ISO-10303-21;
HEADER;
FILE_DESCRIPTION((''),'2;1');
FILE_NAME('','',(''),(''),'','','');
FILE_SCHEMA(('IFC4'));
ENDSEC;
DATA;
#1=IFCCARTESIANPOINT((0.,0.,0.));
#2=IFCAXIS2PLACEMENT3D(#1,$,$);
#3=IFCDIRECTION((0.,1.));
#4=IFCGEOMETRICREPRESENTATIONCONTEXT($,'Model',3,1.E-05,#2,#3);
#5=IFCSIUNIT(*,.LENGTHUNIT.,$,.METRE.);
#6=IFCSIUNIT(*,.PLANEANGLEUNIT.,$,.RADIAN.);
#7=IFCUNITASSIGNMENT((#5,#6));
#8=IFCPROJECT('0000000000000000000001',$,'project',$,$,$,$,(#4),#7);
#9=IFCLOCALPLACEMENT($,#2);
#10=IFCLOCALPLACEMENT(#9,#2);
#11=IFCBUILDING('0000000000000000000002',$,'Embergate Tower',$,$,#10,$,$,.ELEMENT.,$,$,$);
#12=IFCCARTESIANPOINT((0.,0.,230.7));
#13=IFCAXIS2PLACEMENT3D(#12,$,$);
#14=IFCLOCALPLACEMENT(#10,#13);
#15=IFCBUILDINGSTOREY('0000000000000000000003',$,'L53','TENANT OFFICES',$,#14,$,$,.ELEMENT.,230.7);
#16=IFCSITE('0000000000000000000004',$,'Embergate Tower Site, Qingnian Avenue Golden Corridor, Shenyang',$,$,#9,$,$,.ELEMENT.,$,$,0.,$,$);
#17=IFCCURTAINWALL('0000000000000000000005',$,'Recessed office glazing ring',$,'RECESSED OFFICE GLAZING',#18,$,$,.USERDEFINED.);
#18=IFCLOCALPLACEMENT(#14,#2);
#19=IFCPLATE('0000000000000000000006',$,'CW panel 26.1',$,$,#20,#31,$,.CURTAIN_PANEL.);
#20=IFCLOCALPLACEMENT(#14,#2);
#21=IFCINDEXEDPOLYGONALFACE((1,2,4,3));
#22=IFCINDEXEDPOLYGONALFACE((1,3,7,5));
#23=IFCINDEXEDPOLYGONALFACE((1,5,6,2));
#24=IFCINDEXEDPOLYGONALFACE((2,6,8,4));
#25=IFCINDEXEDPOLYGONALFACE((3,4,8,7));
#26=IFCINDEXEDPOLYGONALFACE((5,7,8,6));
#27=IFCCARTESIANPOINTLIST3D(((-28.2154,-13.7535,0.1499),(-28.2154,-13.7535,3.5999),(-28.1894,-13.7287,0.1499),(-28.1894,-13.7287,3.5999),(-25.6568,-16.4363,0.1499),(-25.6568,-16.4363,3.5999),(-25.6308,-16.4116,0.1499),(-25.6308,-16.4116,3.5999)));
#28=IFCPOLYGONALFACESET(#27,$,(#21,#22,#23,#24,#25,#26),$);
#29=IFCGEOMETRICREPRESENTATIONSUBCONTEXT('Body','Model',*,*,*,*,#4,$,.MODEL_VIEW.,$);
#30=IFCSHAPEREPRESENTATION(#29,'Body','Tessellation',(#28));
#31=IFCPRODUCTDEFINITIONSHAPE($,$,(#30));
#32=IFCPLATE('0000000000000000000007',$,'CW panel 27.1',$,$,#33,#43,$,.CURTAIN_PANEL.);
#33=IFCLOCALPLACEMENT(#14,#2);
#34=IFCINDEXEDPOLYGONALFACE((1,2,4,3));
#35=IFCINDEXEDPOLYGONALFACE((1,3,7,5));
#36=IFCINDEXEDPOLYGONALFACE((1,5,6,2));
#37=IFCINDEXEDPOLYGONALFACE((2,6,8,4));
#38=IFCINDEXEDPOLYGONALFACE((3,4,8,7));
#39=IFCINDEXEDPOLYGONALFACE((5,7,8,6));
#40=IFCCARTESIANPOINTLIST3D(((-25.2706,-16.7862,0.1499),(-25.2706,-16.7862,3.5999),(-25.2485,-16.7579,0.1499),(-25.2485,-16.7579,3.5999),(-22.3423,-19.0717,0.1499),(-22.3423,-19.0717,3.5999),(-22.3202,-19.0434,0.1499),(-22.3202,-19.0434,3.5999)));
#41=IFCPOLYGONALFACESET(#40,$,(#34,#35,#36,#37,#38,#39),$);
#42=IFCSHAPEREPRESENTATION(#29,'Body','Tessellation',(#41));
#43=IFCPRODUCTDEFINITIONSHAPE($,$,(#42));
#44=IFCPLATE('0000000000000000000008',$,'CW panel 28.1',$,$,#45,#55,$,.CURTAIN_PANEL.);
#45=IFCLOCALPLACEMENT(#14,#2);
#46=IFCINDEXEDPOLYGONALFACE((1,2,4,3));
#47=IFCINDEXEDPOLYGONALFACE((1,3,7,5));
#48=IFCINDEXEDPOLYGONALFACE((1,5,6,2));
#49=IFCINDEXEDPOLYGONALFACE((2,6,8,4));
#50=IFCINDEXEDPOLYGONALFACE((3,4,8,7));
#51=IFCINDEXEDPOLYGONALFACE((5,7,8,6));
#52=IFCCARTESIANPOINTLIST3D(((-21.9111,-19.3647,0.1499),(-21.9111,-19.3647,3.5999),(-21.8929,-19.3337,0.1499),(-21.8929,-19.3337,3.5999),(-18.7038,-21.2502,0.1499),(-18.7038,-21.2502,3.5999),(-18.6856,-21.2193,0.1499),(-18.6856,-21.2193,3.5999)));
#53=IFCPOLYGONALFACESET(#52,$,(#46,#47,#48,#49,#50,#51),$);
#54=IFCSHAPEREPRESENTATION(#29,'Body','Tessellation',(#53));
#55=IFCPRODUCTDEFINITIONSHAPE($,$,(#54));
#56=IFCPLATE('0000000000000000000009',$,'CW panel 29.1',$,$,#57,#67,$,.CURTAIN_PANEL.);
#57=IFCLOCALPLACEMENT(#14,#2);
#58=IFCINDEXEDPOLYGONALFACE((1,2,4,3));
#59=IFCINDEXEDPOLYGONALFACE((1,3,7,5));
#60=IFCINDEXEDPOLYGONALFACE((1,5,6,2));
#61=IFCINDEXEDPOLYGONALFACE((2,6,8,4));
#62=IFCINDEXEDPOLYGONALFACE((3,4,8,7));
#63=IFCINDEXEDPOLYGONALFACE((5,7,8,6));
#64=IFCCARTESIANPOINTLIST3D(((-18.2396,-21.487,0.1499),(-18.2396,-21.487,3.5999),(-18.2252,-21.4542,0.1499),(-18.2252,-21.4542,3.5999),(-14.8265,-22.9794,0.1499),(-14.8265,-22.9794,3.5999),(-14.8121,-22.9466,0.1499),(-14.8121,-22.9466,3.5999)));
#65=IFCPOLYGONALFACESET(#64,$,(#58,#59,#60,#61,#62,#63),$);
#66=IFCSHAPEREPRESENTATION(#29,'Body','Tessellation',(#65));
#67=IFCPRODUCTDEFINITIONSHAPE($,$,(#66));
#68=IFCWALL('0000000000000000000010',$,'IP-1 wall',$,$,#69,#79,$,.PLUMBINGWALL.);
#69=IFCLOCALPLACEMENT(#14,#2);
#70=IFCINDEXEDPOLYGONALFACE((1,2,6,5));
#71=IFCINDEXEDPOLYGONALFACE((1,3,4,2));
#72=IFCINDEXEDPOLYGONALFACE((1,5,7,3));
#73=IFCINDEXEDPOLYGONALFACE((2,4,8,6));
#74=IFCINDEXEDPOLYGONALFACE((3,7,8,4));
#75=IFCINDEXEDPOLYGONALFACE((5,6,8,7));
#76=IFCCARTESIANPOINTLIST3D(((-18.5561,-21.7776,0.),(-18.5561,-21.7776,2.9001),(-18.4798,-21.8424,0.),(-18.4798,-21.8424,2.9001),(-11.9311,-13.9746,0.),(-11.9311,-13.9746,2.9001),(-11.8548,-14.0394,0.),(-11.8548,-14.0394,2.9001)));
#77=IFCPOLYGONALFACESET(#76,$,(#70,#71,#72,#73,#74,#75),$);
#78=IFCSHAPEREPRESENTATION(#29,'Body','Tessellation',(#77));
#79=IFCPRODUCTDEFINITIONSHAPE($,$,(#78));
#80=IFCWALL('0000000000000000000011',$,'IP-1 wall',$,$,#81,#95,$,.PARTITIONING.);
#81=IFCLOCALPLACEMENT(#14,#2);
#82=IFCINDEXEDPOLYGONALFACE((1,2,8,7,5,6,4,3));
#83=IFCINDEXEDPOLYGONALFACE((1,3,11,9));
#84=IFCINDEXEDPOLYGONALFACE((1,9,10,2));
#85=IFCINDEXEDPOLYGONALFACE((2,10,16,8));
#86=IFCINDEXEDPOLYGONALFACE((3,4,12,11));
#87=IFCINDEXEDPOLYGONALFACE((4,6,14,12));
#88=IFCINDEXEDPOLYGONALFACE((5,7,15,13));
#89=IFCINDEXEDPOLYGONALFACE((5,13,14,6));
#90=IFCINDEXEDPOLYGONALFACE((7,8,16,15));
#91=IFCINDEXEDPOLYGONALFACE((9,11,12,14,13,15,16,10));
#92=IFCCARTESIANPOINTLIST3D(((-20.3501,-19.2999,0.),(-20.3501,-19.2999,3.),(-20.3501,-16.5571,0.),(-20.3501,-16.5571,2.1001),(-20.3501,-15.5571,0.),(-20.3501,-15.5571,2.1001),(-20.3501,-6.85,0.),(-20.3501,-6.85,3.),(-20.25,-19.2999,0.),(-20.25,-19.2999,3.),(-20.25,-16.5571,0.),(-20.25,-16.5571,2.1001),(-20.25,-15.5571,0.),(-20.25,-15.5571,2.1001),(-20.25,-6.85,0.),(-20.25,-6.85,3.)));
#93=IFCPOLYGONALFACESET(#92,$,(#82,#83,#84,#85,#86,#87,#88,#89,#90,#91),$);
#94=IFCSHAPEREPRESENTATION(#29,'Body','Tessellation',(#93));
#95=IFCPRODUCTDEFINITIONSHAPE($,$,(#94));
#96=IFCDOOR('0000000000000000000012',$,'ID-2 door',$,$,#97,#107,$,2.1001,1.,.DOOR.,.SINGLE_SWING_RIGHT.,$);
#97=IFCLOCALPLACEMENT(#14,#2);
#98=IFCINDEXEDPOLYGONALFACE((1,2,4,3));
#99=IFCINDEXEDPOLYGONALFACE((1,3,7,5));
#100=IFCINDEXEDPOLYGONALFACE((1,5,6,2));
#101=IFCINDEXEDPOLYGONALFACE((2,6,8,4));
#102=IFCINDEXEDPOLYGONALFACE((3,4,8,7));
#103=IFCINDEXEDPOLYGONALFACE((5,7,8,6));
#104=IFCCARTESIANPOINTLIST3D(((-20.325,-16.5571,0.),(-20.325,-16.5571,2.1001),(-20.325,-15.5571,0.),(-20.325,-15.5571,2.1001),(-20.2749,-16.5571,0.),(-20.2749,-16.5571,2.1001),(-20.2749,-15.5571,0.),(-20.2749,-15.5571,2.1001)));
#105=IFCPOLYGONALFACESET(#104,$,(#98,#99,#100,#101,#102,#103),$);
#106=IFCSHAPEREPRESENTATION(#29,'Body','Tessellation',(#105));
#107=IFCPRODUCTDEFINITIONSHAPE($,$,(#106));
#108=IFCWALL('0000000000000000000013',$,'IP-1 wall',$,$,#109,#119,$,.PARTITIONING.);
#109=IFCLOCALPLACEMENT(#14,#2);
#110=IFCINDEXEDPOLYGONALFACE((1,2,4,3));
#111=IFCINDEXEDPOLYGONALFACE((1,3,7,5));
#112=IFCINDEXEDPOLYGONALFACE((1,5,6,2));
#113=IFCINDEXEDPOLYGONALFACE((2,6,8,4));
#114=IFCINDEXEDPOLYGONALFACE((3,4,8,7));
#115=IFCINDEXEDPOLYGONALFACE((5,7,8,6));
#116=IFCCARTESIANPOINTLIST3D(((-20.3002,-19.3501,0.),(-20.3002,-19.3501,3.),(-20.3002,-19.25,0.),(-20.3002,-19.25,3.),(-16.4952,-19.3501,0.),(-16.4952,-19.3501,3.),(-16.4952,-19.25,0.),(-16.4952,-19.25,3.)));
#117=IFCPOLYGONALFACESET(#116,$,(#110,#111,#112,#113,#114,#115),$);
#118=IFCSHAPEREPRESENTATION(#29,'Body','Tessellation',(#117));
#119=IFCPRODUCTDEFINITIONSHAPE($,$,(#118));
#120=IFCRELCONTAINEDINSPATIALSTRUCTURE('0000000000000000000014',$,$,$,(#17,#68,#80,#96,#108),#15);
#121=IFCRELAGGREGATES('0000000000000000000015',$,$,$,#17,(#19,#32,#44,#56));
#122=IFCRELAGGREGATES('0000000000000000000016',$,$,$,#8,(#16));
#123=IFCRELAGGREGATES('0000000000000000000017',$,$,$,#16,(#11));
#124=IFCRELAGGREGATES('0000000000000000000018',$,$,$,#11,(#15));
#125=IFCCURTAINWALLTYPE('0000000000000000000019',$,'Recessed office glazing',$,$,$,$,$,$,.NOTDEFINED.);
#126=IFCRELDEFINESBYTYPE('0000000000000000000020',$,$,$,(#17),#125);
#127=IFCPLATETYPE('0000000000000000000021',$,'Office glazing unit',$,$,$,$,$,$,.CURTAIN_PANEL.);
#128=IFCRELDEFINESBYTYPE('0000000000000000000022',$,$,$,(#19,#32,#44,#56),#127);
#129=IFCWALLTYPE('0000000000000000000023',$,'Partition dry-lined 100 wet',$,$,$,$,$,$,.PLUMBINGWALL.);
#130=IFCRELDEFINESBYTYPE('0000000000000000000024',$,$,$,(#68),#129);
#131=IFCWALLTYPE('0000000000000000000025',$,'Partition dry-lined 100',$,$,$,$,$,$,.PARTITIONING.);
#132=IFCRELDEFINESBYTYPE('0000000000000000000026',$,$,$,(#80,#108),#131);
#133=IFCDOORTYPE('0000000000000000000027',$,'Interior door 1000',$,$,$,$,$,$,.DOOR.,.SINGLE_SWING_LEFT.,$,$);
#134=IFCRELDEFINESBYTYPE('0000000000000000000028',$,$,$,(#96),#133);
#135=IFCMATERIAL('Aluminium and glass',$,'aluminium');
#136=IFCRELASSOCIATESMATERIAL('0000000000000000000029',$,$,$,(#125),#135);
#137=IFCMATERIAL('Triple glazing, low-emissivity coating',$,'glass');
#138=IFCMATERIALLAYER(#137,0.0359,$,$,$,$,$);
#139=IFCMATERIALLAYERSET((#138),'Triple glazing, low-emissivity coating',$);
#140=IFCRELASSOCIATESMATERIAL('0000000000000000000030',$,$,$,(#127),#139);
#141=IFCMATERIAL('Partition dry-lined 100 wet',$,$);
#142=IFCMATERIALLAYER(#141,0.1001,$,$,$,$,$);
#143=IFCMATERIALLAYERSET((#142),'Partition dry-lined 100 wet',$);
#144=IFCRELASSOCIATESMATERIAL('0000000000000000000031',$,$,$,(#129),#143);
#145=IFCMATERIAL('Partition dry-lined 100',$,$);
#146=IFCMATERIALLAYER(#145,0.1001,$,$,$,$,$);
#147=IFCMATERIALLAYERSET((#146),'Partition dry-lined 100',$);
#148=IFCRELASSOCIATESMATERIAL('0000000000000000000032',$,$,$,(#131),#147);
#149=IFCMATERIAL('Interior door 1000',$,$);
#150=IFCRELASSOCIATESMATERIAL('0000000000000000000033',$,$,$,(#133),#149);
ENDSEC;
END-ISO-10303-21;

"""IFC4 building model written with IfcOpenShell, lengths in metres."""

from ifc_helpers import new_model, si_unit, direction, frame, frame_2d, origin, origin_2d, place, context, subcontext, project, spatial, rectangle, extrude, source, transform, mapped, material, layer, layer_set, type_object, element, fill, aggregate, save


model = new_model("IFC4")

# Units and contexts
model_context = context("Model", 3, precision=1e-05, world=origin(), true_north=direction((0.0, 1.0)))
body_context = subcontext(model_context, "Body", "Model", "MODEL_VIEW")
ifc_project = project(units=[si_unit("LENGTHUNIT", "METRE"), si_unit("PLANEANGLEUNIT", "RADIAN")], contexts=[model_context])

# Site, building, storey
site_placement = place(None, origin())
site = spatial("IfcSite", under=ifc_project, at=site_placement, Name="Embergate Tower Site, Qingnian Avenue Golden Corridor, Shenyang", CompositionType="ELEMENT", RefElevation=0.0)
building_placement = place(site_placement, origin())
building = spatial("IfcBuilding", under=site, at=building_placement, Name="Embergate Tower", CompositionType="ELEMENT")
storey_placement = place(building_placement, frame((0.0, 0.0, 230.7)))
storey = spatial("IfcBuildingStorey", under=building, at=storey_placement, Name="L53", Description="TENANT OFFICES", CompositionType="ELEMENT", Elevation=230.7)

# Curtain wall, plates
ifc_material_1 = material(Name="Aluminium and glass", Category="aluminium")
curtain_wall_type = type_object("IfcCurtainWallType", Name="Recessed office glazing", PredefinedType="NOTDEFINED", material=ifc_material_1)
curtain_wall_placement = place(storey_placement, origin())
curtain_wall = element("IfcCurtainWall", 1, at=curtain_wall_placement, inside=storey, type_object=curtain_wall_type, Name="Recessed office glazing ring", ObjectType="RECESSED OFFICE GLAZING", PredefinedType="USERDEFINED")
ifc_material_2 = material(Name="Triple glazing, low-emissivity coating", Category="glass")
ifc_layer_1 = layer(ifc_material_2, 0.0359)
ifc_layer_set_1 = layer_set([ifc_layer_1], Name="Triple glazing, low-emissivity coating")
plate_type = type_object("IfcPlateType", Name="Office glazing unit", PredefinedType="CURTAIN_PANEL", material=ifc_layer_set_1)
shared_shape_1 = source(origin(), body_context, "Body", "SweptSolid", [
    extrude(rectangle(XDim=3.7073, YDim=0.0359, at=origin_2d()), origin(), (0.0, 0.0, 1.0), 3.45),
])
plate_1_placement = place(storey_placement, frame((-26.9231, -15.0825, 0.1499), z_axis=(0.0, 0.0, 1.0), x_axis=(0.690144, -0.723672, 0.0)))
plate_1 = element("IfcPlate", 2, at=plate_1_placement, type_object=plate_type, Name="CW panel 26.1", PredefinedType="CURTAIN_PANEL", context=body_context, shape_type="MappedRepresentation", body=[
    mapped(shared_shape_1, transform((0.0, 0.0, 0.0))),
])
shared_shape_2 = source(origin(), body_context, "Body", "SweptSolid", [
    extrude(rectangle(XDim=3.7146, YDim=0.0359, at=origin_2d()), origin(), (0.0, 0.0, 1.0), 3.45),
])
plate_2_placement = place(storey_placement, frame((-23.7954, -17.9148, 0.1499), z_axis=(0.0, 0.0, 1.0), x_axis=(0.788328, -0.615256, 0.0)))
plate_2 = element("IfcPlate", 3, at=plate_2_placement, type_object=plate_type, Name="CW panel 27.1", PredefinedType="CURTAIN_PANEL", context=body_context, shape_type="MappedRepresentation", body=[
    mapped(shared_shape_2, transform((0.0, 0.0, 0.0))),
])
shared_shape_3 = source(origin(), body_context, "Body", "SweptSolid", [
    extrude(rectangle(XDim=3.7205, YDim=0.0359, at=origin_2d()), origin(), (0.0, 0.0, 1.0), 3.45),
])
plate_3_placement = place(storey_placement, frame((-20.2983, -20.292, 0.1499), z_axis=(0.0, 0.0, 1.0), x_axis=(0.862058, -0.506809, 0.0)))
plate_3 = element("IfcPlate", 4, at=plate_3_placement, type_object=plate_type, Name="CW panel 28.1", PredefinedType="CURTAIN_PANEL", context=body_context, shape_type="MappedRepresentation", body=[
    mapped(shared_shape_3, transform((0.0, 0.0, 0.0))),
])
shared_shape_4 = source(origin(), body_context, "Body", "SweptSolid", [
    extrude(rectangle(XDim=3.7251, YDim=0.0359, at=origin_2d()), origin(), (0.0, 0.0, 1.0), 3.45),
])
plate_4_placement = place(storey_placement, frame((-16.5259, -22.2168, 0.1499), z_axis=(0.0, 0.0, 1.0), x_axis=(0.916239, -0.400632, 0.0)))
plate_4 = element("IfcPlate", 5, at=plate_4_placement, type_object=plate_type, Name="CW panel 29.1", PredefinedType="CURTAIN_PANEL", context=body_context, shape_type="MappedRepresentation", body=[
    mapped(shared_shape_4, transform((0.0, 0.0, 0.0))),
])
aggregate(curtain_wall, [plate_1, plate_2, plate_3, plate_4])

# Wall
ifc_material_3 = material(Name="Partition dry-lined 100 wet")
ifc_layer_2 = layer(ifc_material_3, 0.1001)
ifc_layer_set_2 = layer_set([ifc_layer_2], Name="Partition dry-lined 100 wet")
wall_type_1 = type_object("IfcWallType", Name="Partition dry-lined 100 wet", PredefinedType="PLUMBINGWALL", material=ifc_layer_set_2)
shared_shape_5 = source(origin(), body_context, "Body", "SweptSolid", [
    extrude(rectangle(XDim=10.2361, YDim=0.1001, at=frame_2d((5.1182, 0.0))), origin(), (0.0, 0.0, 1.0), 2.9001),
])
wall_1_placement = place(storey_placement, frame((-18.5181, -21.8101, 0.0), z_axis=(0.0, 0.0, 1.0), x_axis=(0.647221, 0.762302, 0.0)))
element("IfcWall", 6, at=wall_1_placement, inside=storey, type_object=wall_type_1, Name="IP-1 wall", PredefinedType="PLUMBINGWALL", context=body_context, shape_type="MappedRepresentation", body=[
    mapped(shared_shape_5, transform((0.0, 0.0, 0.0))),
])

# Wall, opening, door
ifc_material_4 = material(Name="Partition dry-lined 100")
ifc_layer_3 = layer(ifc_material_4, 0.1001)
ifc_layer_set_3 = layer_set([ifc_layer_3], Name="Partition dry-lined 100")
wall_type_2 = type_object("IfcWallType", Name="Partition dry-lined 100", PredefinedType="PARTITIONING", material=ifc_layer_set_3)
shared_shape_6 = source(origin(), body_context, "Body", "SweptSolid", [
    extrude(rectangle(XDim=12.45, YDim=0.1001, at=frame_2d((6.2251, 0.0))), origin(), (0.0, 0.0, 1.0), 3.0),
])
wall_2_placement = place(storey_placement, frame((-20.3, -19.3, 0.0), z_axis=(0.0, 0.0, 1.0), x_axis=(0.0, 1.0, 0.0)))
wall_2 = element("IfcWall", 7, at=wall_2_placement, inside=storey, type_object=wall_type_2, Name="IP-1 wall", PredefinedType="PARTITIONING", context=body_context, shape_type="MappedRepresentation", body=[
    mapped(shared_shape_6, transform((0.0, 0.0, 0.0))),
])
shared_shape_7 = source(origin(), body_context, "Body", "SweptSolid", [
    extrude(rectangle(XDim=1.0, YDim=2.1001, at=frame_2d((0.5, 1.05))), frame((0.0, 0.0601, 0.0), z_axis=(0.0, -1.0, 0.0), x_axis=(1.0, 0.0, 0.0)), (0.0, 0.0, 1.0), 0.1201),
])
opening_placement = place(wall_2_placement, frame((2.7429, 0.0, 0.0)))
opening = element("IfcOpeningElement", 8, at=opening_placement, cuts=wall_2, PredefinedType="OPENING", context=body_context, shape_type="MappedRepresentation", body=[
    mapped(shared_shape_7, transform((0.0, 0.0, 0.0))),
])
ifc_material_5 = material(Name="Interior door 1000")
door_type = type_object("IfcDoorType", Name="Interior door 1000", OperationType="SINGLE_SWING_LEFT", PredefinedType="DOOR", material=ifc_material_5)
shared_shape_8 = source(origin(), body_context, "Body", "SweptSolid", [
    extrude(rectangle(XDim=1.0, YDim=2.1001, at=frame_2d((0.5, 1.05))), frame((0.0, 0.0249, 0.0), z_axis=(0.0, -1.0, 0.0), x_axis=(1.0, 0.0, 0.0)), (0.0, 0.0, 1.0), 0.05),
])
door_placement = place(opening_placement, origin())
door = element("IfcDoor", 9, at=door_placement, inside=storey, type_object=door_type, Name="ID-2 door", OperationType="SINGLE_SWING_RIGHT", OverallHeight=2.1001, OverallWidth=1.0, PredefinedType="DOOR", context=body_context, shape_type="MappedRepresentation", body=[
    mapped(shared_shape_8, transform((0.0, 0.0, 0.0))),
])
fill(opening, door)

# Wall
shared_shape_9 = source(origin(), body_context, "Body", "SweptSolid", [
    extrude(rectangle(XDim=3.8049, YDim=0.1001, at=frame_2d((1.9023, 0.0))), origin(), (0.0, 0.0, 1.0), 3.0),
])
wall_3_placement = place(storey_placement, frame((-20.3, -19.3, 0.0), z_axis=(0.0, 0.0, 1.0), x_axis=(1.0, 0.0, 0.0)))
element("IfcWall", 10, at=wall_3_placement, inside=storey, type_object=wall_type_2, Name="IP-1 wall", PredefinedType="PARTITIONING", context=body_context, shape_type="MappedRepresentation", body=[
    mapped(shared_shape_9, transform((0.0, 0.0, 0.0))),
])

save(model, "model.ifc")
